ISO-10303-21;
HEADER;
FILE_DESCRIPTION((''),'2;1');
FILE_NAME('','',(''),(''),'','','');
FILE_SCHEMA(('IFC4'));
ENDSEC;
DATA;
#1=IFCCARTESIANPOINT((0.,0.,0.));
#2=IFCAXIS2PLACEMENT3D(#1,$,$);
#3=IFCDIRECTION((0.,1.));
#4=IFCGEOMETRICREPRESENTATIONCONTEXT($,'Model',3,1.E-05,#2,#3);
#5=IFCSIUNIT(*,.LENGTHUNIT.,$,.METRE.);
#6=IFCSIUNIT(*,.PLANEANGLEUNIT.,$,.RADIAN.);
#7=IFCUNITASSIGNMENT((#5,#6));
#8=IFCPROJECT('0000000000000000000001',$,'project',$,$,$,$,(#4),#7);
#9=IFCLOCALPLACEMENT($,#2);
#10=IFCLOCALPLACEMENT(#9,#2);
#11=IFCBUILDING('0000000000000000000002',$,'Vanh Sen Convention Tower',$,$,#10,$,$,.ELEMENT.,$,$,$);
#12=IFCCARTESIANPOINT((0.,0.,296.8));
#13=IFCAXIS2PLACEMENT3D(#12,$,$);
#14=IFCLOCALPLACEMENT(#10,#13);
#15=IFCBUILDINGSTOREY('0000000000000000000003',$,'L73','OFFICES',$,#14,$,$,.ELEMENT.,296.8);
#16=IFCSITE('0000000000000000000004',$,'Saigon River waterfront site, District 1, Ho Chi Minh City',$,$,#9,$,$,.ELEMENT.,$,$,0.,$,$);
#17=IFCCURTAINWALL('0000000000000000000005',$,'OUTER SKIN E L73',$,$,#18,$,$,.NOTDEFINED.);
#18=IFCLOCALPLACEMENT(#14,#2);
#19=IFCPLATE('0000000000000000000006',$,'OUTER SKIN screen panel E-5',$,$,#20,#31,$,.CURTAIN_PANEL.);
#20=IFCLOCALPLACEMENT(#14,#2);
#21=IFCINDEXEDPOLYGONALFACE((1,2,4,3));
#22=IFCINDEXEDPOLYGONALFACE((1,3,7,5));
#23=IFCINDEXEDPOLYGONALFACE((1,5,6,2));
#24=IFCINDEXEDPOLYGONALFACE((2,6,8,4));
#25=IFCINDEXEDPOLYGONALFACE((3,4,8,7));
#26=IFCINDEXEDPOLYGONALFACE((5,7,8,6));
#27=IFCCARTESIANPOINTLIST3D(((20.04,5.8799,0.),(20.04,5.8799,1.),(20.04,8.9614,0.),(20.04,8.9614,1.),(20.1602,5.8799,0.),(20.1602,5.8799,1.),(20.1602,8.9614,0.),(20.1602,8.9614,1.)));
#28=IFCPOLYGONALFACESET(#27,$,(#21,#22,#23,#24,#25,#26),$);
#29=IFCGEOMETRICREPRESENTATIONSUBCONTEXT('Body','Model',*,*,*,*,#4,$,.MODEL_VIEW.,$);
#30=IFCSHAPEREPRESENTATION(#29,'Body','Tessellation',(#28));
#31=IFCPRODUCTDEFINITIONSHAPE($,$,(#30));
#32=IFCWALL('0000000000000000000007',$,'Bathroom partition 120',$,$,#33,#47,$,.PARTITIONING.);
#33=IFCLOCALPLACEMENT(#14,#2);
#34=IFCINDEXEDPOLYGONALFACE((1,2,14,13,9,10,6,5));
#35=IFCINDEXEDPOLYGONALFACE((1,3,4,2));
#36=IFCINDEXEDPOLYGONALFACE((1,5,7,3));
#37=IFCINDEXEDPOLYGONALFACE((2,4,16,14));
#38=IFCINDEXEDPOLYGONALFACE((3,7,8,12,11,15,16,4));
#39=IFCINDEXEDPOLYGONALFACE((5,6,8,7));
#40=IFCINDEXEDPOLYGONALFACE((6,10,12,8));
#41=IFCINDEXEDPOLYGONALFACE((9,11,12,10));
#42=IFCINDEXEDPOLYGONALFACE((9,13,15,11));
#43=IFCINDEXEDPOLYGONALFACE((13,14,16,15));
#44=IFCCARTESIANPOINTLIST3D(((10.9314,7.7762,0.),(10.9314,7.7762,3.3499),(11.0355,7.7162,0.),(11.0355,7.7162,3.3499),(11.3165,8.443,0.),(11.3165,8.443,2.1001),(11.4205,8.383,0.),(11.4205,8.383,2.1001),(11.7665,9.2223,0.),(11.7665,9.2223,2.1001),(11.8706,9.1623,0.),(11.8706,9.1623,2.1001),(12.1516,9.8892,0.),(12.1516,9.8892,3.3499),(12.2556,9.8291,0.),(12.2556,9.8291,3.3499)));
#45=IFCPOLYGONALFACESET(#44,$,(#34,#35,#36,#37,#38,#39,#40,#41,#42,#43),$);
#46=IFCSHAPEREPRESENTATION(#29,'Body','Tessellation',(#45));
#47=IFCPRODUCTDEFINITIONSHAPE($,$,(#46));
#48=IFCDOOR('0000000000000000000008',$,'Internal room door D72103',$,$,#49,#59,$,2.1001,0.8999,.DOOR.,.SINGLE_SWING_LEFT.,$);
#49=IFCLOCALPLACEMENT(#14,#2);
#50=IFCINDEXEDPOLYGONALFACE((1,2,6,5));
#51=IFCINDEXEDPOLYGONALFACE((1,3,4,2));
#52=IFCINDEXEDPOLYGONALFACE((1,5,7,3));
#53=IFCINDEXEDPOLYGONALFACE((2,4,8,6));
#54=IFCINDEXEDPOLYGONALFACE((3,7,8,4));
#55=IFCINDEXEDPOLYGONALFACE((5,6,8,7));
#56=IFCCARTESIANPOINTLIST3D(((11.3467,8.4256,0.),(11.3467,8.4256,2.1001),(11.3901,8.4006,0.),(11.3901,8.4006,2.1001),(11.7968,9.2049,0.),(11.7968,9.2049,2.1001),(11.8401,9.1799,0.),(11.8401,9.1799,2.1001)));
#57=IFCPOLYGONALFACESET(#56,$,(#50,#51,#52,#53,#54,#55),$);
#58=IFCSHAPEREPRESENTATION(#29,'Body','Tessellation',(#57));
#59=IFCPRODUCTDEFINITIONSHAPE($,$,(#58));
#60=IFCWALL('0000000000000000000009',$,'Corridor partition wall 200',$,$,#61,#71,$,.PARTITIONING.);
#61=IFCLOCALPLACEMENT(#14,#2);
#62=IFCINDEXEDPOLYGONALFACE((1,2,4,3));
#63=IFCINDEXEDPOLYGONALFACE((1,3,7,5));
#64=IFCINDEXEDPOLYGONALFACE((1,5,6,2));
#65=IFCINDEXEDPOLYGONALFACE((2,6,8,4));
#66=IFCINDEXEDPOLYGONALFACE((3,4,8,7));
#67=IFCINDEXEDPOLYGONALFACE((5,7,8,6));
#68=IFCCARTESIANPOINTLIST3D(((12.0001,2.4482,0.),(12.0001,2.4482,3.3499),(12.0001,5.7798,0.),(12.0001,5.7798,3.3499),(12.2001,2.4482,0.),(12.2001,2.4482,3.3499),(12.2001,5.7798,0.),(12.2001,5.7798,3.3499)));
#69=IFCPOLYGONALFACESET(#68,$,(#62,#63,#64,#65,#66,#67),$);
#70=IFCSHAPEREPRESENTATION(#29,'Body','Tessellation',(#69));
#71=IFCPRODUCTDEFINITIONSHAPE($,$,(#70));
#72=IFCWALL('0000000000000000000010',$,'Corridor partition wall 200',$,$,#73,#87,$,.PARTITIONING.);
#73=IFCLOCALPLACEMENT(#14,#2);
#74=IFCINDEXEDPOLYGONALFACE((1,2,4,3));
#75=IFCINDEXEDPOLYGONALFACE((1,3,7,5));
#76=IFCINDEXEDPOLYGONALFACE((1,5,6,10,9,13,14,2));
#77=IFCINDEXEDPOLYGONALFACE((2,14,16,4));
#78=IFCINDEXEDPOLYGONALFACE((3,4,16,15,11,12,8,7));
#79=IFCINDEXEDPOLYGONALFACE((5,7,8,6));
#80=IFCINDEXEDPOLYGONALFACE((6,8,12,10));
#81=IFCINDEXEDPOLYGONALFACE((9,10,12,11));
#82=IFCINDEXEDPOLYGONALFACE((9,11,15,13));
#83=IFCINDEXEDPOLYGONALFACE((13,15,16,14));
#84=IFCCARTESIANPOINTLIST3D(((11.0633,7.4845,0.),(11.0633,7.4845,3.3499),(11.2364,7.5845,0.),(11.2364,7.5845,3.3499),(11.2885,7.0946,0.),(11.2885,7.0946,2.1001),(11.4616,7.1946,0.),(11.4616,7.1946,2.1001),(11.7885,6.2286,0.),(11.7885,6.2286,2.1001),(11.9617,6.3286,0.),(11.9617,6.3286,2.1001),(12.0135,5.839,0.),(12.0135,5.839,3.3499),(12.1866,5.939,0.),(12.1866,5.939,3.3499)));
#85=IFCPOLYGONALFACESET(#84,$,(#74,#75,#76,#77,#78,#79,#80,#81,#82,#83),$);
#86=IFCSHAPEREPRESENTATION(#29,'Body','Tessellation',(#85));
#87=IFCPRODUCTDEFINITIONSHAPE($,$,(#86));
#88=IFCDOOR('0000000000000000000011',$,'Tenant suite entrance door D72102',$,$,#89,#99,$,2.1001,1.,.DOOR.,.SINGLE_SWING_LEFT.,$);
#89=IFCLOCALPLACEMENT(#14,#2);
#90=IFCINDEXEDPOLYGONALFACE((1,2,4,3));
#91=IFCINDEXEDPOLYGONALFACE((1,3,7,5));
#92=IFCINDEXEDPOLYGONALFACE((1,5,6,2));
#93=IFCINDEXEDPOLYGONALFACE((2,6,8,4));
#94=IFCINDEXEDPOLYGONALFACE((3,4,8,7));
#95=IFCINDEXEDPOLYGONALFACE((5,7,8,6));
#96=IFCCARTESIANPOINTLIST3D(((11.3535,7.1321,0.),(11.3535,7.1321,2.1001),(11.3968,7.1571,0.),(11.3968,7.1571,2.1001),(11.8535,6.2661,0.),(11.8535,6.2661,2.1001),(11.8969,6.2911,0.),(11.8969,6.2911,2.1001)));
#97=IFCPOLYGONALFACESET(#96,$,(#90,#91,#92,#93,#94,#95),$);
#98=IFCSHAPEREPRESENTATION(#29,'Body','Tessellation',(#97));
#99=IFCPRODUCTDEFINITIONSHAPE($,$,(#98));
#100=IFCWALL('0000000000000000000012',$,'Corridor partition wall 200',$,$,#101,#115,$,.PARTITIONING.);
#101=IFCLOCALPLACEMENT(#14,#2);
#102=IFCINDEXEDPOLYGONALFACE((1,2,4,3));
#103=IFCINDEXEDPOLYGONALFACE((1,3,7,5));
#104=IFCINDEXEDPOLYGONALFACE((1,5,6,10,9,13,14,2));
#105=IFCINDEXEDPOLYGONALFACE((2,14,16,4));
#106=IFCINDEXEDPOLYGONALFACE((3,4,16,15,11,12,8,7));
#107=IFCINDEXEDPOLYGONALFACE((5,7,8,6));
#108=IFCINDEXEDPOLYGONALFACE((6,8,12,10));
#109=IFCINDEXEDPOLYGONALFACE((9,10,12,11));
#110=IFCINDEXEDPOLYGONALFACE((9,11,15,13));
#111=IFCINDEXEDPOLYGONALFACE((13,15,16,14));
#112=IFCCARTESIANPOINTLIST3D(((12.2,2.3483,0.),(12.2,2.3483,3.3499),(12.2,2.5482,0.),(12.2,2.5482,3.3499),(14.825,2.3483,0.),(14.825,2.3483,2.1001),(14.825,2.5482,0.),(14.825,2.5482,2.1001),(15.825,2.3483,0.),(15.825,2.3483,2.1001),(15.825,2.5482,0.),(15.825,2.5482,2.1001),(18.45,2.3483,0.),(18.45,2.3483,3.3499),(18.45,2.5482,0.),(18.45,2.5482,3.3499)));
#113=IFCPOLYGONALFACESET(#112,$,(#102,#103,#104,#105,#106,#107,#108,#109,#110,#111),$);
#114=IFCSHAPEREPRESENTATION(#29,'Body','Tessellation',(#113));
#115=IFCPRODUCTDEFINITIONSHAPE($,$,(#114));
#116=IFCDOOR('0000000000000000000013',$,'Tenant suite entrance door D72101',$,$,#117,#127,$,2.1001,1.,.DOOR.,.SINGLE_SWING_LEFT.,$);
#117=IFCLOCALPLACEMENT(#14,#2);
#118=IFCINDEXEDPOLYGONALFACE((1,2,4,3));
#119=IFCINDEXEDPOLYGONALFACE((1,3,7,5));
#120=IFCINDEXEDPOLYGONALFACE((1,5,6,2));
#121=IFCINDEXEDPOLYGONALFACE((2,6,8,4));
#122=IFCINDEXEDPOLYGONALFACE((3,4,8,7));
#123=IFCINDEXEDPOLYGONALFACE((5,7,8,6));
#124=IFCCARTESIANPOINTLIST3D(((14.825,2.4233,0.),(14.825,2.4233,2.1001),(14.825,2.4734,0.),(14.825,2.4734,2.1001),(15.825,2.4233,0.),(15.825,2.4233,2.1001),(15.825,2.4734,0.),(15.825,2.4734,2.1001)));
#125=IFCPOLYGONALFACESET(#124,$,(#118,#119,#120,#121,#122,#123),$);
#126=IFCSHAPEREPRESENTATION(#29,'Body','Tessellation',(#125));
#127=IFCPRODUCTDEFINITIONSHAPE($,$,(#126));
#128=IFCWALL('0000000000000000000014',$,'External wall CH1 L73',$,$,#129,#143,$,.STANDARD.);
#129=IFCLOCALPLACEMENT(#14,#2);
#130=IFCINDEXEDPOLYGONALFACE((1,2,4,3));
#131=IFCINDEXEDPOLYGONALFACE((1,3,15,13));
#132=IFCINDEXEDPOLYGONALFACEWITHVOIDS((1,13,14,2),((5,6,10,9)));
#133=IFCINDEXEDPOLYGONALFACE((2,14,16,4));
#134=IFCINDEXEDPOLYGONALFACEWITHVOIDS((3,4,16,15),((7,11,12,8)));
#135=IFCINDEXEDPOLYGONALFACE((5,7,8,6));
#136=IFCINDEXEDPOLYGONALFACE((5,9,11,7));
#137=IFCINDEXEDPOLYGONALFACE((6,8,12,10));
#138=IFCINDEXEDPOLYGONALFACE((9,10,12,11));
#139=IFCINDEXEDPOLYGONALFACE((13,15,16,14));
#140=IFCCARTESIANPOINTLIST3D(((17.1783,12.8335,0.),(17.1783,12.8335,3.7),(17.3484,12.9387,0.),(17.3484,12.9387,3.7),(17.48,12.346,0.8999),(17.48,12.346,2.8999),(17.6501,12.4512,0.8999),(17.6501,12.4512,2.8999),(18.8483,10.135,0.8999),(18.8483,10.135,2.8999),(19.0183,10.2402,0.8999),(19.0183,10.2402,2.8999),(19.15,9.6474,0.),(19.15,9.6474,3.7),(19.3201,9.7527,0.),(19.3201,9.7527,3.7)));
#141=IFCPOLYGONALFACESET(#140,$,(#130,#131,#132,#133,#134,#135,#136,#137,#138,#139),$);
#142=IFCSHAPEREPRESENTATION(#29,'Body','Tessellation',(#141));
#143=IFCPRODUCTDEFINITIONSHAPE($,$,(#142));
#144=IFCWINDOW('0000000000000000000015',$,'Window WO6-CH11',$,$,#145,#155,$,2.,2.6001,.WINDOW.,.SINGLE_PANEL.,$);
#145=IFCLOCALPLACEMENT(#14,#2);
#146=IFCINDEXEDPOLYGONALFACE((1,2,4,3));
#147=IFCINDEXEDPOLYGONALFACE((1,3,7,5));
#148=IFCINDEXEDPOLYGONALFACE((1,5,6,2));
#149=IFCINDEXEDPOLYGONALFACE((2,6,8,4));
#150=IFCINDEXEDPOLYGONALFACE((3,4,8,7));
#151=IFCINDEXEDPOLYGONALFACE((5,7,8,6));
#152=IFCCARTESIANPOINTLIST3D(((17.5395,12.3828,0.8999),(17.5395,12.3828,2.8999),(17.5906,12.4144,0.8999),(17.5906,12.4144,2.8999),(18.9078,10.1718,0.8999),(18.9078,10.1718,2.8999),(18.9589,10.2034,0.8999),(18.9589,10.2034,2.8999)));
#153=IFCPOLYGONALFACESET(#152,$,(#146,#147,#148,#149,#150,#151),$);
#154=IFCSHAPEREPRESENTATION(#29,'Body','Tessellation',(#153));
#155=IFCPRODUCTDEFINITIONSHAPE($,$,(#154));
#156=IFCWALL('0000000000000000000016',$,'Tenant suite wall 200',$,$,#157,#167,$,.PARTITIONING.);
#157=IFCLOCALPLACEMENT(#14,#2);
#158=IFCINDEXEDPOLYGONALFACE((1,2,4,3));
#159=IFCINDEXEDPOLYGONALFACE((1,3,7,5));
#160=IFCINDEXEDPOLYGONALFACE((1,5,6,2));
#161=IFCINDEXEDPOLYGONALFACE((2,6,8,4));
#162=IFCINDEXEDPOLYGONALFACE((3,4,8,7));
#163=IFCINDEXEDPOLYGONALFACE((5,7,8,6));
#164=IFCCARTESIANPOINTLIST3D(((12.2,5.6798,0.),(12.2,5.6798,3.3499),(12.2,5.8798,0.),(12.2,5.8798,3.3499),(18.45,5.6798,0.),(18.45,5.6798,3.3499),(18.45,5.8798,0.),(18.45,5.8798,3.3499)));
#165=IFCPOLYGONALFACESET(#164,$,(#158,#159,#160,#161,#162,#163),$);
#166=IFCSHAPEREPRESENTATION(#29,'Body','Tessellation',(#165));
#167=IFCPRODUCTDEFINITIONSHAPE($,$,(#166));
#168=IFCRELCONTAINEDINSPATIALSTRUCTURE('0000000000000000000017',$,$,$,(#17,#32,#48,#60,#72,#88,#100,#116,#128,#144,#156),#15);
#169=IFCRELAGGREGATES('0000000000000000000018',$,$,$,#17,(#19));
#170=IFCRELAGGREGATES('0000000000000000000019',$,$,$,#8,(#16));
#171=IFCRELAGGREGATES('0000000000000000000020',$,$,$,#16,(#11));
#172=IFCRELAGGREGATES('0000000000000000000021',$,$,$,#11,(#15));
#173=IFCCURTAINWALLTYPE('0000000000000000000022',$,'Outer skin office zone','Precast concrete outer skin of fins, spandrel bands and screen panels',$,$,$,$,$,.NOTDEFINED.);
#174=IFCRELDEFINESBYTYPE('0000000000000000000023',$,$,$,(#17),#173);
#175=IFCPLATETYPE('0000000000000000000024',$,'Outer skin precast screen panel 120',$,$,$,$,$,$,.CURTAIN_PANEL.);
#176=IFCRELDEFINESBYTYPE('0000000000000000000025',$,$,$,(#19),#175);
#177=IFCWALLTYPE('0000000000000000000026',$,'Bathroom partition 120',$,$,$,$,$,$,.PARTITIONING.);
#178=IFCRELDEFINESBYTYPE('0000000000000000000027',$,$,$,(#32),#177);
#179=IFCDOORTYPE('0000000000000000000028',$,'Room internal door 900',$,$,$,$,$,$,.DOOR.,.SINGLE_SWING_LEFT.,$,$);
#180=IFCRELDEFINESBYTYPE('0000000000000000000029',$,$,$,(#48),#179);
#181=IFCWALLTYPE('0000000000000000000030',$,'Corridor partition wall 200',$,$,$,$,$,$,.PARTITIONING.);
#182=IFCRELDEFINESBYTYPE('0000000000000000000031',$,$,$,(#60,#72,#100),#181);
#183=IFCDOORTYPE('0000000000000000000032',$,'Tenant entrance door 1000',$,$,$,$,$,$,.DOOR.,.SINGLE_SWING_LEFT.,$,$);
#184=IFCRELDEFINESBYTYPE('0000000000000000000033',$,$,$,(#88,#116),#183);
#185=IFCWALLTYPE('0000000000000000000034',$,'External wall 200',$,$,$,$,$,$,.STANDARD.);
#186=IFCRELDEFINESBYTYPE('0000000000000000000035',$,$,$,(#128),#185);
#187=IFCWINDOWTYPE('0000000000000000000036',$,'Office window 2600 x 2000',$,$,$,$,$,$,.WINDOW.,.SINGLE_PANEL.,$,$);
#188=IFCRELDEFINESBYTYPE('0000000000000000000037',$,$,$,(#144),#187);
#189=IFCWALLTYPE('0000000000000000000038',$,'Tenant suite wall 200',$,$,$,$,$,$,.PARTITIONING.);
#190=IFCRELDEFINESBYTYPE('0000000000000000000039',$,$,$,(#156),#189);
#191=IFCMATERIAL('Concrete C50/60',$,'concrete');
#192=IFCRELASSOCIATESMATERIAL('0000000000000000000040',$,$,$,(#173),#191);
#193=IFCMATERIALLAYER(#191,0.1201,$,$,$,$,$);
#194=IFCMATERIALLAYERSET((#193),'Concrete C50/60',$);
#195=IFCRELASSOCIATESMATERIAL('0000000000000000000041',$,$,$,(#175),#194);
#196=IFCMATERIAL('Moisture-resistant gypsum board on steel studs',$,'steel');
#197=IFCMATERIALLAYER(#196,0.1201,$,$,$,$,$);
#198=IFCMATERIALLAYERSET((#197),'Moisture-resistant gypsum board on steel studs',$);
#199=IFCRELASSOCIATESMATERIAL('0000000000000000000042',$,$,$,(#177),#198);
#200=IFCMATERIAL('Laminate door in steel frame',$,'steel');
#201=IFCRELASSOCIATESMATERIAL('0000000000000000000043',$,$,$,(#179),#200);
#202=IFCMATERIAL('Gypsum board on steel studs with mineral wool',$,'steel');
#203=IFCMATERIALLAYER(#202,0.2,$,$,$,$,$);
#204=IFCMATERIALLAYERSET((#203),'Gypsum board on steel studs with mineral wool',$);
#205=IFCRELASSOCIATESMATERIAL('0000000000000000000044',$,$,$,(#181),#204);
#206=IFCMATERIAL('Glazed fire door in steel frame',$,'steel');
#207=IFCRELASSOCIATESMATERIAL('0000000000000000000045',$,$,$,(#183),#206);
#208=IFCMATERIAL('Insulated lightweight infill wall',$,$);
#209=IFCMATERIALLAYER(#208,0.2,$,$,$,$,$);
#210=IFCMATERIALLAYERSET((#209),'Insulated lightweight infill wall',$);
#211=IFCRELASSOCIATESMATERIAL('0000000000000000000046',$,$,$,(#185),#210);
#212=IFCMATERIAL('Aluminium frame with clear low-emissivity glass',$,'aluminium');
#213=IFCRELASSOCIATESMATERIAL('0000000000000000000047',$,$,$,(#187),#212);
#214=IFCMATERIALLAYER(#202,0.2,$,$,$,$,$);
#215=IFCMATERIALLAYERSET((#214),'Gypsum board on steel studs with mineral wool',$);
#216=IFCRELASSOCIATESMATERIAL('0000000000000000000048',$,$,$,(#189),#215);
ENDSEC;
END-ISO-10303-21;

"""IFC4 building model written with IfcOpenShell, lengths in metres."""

from ifc_helpers import new_model, si_unit, direction, frame, frame_2d, origin, origin_2d, place, context, subcontext, project, spatial, rectangle, extrude, material, layer, layer_set, type_object, element, fill, aggregate, save


model = new_model("IFC4")

# Units and contexts
model_context = context("Model", 3, precision=1e-05, world=origin(), true_north=direction((0.0, 1.0)))
body_context = subcontext(model_context, "Body", "Model", "MODEL_VIEW")
ifc_project = project(units=[si_unit("LENGTHUNIT", "METRE"), si_unit("PLANEANGLEUNIT", "RADIAN")], contexts=[model_context])

# Site, building, storey
site_placement = place(None, origin())
site = spatial("IfcSite", under=ifc_project, at=site_placement, Name="Saigon River waterfront site, District 1, Ho Chi Minh City", CompositionType="ELEMENT", RefElevation=0.0)
building_placement = place(site_placement, origin())
building = spatial("IfcBuilding", under=site, at=building_placement, Name="Vanh Sen Convention Tower", CompositionType="ELEMENT")
storey_placement = place(building_placement, frame((0.0, 0.0, 296.8)))
storey = spatial("IfcBuildingStorey", under=building, at=storey_placement, Name="L73", Description="OFFICES", CompositionType="ELEMENT", Elevation=296.8)

# Curtain wall
ifc_material_1 = material(Name="Concrete C50/60", Category="concrete")
curtain_wall_type = type_object("IfcCurtainWallType", Name="Outer skin office zone", Description="Precast concrete outer skin of fins, spandrel bands and screen panels", PredefinedType="NOTDEFINED", material=ifc_material_1)
curtain_wall_1_placement = place(storey_placement, origin())
curtain_wall_1 = element("IfcCurtainWall", 1, at=curtain_wall_1_placement, inside=storey, type_object=curtain_wall_type, Name="OUTER SKIN E L73", PredefinedType="NOTDEFINED")

# Plate
ifc_layer_1 = layer(ifc_material_1, 0.1201)
ifc_layer_set_1 = layer_set([ifc_layer_1], Name="Concrete C50/60")
plate_type = type_object("IfcPlateType", Name="Outer skin precast screen panel 120", PredefinedType="CURTAIN_PANEL", material=ifc_layer_set_1)
plate_1_placement = place(storey_placement, frame((20.1001, 7.4207, 0.0), z_axis=(0.0, 0.0, 1.0), x_axis=(0.0, 1.0, 0.0)))
plate_1 = element("IfcPlate", 2, at=plate_1_placement, type_object=plate_type, Name="OUTER SKIN screen panel E-5", PredefinedType="CURTAIN_PANEL", context=body_context, shape_type="SweptSolid", body=[
    extrude(rectangle(XDim=3.0815, YDim=0.1201, at=origin_2d()), origin(), (0.0, 0.0, 1.0), 1.0),
])
aggregate(curtain_wall_1, [plate_1])

# Wall, opening, door
ifc_material_2 = material(Name="Moisture-resistant gypsum board on steel studs", Category="steel")
ifc_layer_2 = layer(ifc_material_2, 0.1201)
ifc_layer_set_2 = layer_set([ifc_layer_2], Name="Moisture-resistant gypsum board on steel studs")
wall_type_1 = type_object("IfcWallType", Name="Bathroom partition 120", PredefinedType="PARTITIONING", material=ifc_layer_set_2)
wall_1_placement = place(storey_placement, frame((12.2036, 9.8591, 0.0), z_axis=(0.0, 0.0, 1.0), x_axis=(-0.500078, -0.865981, 0.0)))
wall_1 = element("IfcWall", 3, at=wall_1_placement, inside=storey, type_object=wall_type_1, Name="Bathroom partition 120", PredefinedType="PARTITIONING", context=body_context, shape_type="SweptSolid", body=[
    extrude(rectangle(XDim=2.4399, YDim=0.1201, at=frame_2d((1.22, 0.0))), origin(), (0.0, 0.0, 1.0), 3.3499),
])
opening_1_placement = place(wall_1_placement, frame((0.77, 0.0, 0.0)))
opening_1 = element("IfcOpeningElement", 4, at=opening_1_placement, cuts=wall_1, PredefinedType="OPENING", context=body_context, shape_type="SweptSolid", body=[
    extrude(rectangle(XDim=0.8999, YDim=2.1001, at=frame_2d((0.45, 1.05))), frame((0.0, 0.0701, 0.0), z_axis=(0.0, -1.0, 0.0), x_axis=(1.0, 0.0, 0.0)), (0.0, 0.0, 1.0), 0.1401),
])
ifc_material_3 = material(Name="Laminate door in steel frame", Category="steel")
door_type_1 = type_object("IfcDoorType", Name="Room internal door 900", OperationType="SINGLE_SWING_LEFT", PredefinedType="DOOR", material=ifc_material_3)
door_1_placement = place(opening_1_placement, origin())
door_1 = element("IfcDoor", 5, at=door_1_placement, inside=storey, type_object=door_type_1, Name="Internal room door D72103", OperationType="SINGLE_SWING_LEFT", OverallHeight=2.1001, OverallWidth=0.8999, PredefinedType="DOOR", context=body_context, shape_type="SweptSolid", body=[
    extrude(rectangle(XDim=0.8999, YDim=2.1001, at=frame_2d((0.45, 1.05))), frame((0.0, 0.0249, 0.0), z_axis=(0.0, -1.0, 0.0), x_axis=(1.0, 0.0, 0.0)), (0.0, 0.0, 1.0), 0.05),
])
fill(opening_1, door_1)

# Wall
ifc_material_4 = material(Name="Gypsum board on steel studs with mineral wool", Category="steel")
ifc_layer_3 = layer(ifc_material_4, 0.2)
ifc_layer_set_3 = layer_set([ifc_layer_3], Name="Gypsum board on steel studs with mineral wool")
wall_type_2 = type_object("IfcWallType", Name="Corridor partition wall 200", PredefinedType="PARTITIONING", material=ifc_layer_set_3)
wall_2_placement = place(storey_placement, frame((12.1001, 2.4482, 0.0), z_axis=(0.0, 0.0, 1.0), x_axis=(0.0, 1.0, 0.0)))
element("IfcWall", 6, at=wall_2_placement, inside=storey, type_object=wall_type_2, Name="Corridor partition wall 200", PredefinedType="PARTITIONING", context=body_context, shape_type="SweptSolid", body=[
    extrude(rectangle(XDim=3.3315, YDim=0.2, at=frame_2d((1.6658, 0.0))), origin(), (0.0, 0.0, 1.0), 3.3499),
])

# Walls, openings, doors
wall_3_placement = place(storey_placement, frame((12.1001, 5.8889, 0.0), z_axis=(0.0, 0.0, 1.0), x_axis=(-0.500064, 0.865989, 0.0)))
wall_3 = element("IfcWall", 7, at=wall_3_placement, inside=storey, type_object=wall_type_2, Name="Corridor partition wall 200", PredefinedType="PARTITIONING", context=body_context, shape_type="SweptSolid", body=[
    extrude(rectangle(XDim=1.9001, YDim=0.2, at=frame_2d((0.9502, 0.0))), origin(), (0.0, 0.0, 1.0), 3.3499),
])
opening_2_placement = place(wall_3_placement, frame((0.45, 0.0, 0.0)))
opening_2 = element("IfcOpeningElement", 8, at=opening_2_placement, cuts=wall_3, PredefinedType="OPENING", context=body_context, shape_type="SweptSolid", body=[
    extrude(rectangle(XDim=1.0, YDim=2.1001, at=frame_2d((0.5, 1.05))), frame((0.0, 0.1099, 0.0), z_axis=(0.0, -1.0, 0.0), x_axis=(1.0, 0.0, 0.0)), (0.0, 0.0, 1.0), 0.22),
])
ifc_material_5 = material(Name="Glazed fire door in steel frame", Category="steel")
door_type_2 = type_object("IfcDoorType", Name="Tenant entrance door 1000", OperationType="SINGLE_SWING_LEFT", PredefinedType="DOOR", material=ifc_material_5)
door_2_placement = place(opening_2_placement, origin())
door_2 = element("IfcDoor", 9, at=door_2_placement, inside=storey, type_object=door_type_2, Name="Tenant suite entrance door D72102", OperationType="SINGLE_SWING_LEFT", OverallHeight=2.1001, OverallWidth=1.0, PredefinedType="DOOR", context=body_context, shape_type="SweptSolid", body=[
    extrude(rectangle(XDim=1.0, YDim=2.1001, at=frame_2d((0.5, 1.05))), frame((0.0, 0.0249, 0.0), z_axis=(0.0, -1.0, 0.0), x_axis=(1.0, 0.0, 0.0)), (0.0, 0.0, 1.0), 0.05),
])
fill(opening_2, door_2)
wall_4_placement = place(storey_placement, frame((18.45, 2.4482, 0.0), z_axis=(0.0, 0.0, 1.0), x_axis=(-1.0, 0.0, 0.0)))
wall_4 = element("IfcWall", 10, at=wall_4_placement, inside=storey, type_object=wall_type_2, Name="Corridor partition wall 200", PredefinedType="PARTITIONING", context=body_context, shape_type="SweptSolid", body=[
    extrude(rectangle(XDim=6.25, YDim=0.2, at=frame_2d((3.125, 0.0))), origin(), (0.0, 0.0, 1.0), 3.3499),
])
opening_3_placement = place(wall_4_placement, frame((2.625, 0.0, 0.0)))
opening_3 = element("IfcOpeningElement", 11, at=opening_3_placement, cuts=wall_4, PredefinedType="OPENING", context=body_context, shape_type="SweptSolid", body=[
    extrude(rectangle(XDim=1.0, YDim=2.1001, at=frame_2d((0.5, 1.05))), frame((0.0, 0.1099, 0.0), z_axis=(0.0, -1.0, 0.0), x_axis=(1.0, 0.0, 0.0)), (0.0, 0.0, 1.0), 0.22),
])
door_3_placement = place(opening_3_placement, origin())
door_3 = element("IfcDoor", 12, at=door_3_placement, inside=storey, type_object=door_type_2, Name="Tenant suite entrance door D72101", OperationType="SINGLE_SWING_LEFT", OverallHeight=2.1001, OverallWidth=1.0, PredefinedType="DOOR", context=body_context, shape_type="SweptSolid", body=[
    extrude(rectangle(XDim=1.0, YDim=2.1001, at=frame_2d((0.5, 1.05))), frame((0.0, 0.0249, 0.0), z_axis=(0.0, -1.0, 0.0), x_axis=(1.0, 0.0, 0.0)), (0.0, 0.0, 1.0), 0.05),
])
fill(opening_3, door_3)

# Wall, opening, window
ifc_material_6 = material(Name="Insulated lightweight infill wall")
ifc_layer_4 = layer(ifc_material_6, 0.2)
ifc_layer_set_4 = layer_set([ifc_layer_4], Name="Insulated lightweight infill wall")
wall_type_3 = type_object("IfcWallType", Name="External wall 200", PredefinedType="STANDARD", material=ifc_layer_set_4)
wall_5_placement = place(storey_placement, frame((19.2351, 9.7, 0.0), z_axis=(0.0, 0.0, 1.0), x_axis=(-0.526233, 0.85034, 0.0)))
wall_5 = element("IfcWall", 13, at=wall_5_placement, inside=storey, type_object=wall_type_3, Name="External wall CH1 L73", PredefinedType="STANDARD", context=body_context, shape_type="SweptSolid", body=[
    extrude(rectangle(XDim=3.7468, YDim=0.2, at=frame_2d((1.8735, 0.0))), origin(), (0.0, 0.0, 1.0), 3.7),
])
opening_4_placement = place(wall_5_placement, frame((0.5735, 0.0, 0.8999)))
opening_4 = element("IfcOpeningElement", 14, at=opening_4_placement, cuts=wall_5, PredefinedType="OPENING", context=body_context, shape_type="SweptSolid", body=[
    extrude(rectangle(XDim=2.6001, YDim=2.0, at=frame_2d((1.3, 1.0))), frame((0.0, 0.1099, 0.0), z_axis=(0.0, -1.0, 0.0), x_axis=(1.0, 0.0, 0.0)), (0.0, 0.0, 1.0), 0.22),
])
ifc_material_7 = material(Name="Aluminium frame with clear low-emissivity glass", Category="aluminium")
window_type = type_object("IfcWindowType", Name="Office window 2600 x 2000", PartitioningType="SINGLE_PANEL", PredefinedType="WINDOW", material=ifc_material_7)
window_placement = place(opening_4_placement, origin())
window = element("IfcWindow", 15, at=window_placement, inside=storey, type_object=window_type, Name="Window WO6-CH11", OverallHeight=2.0, OverallWidth=2.6001, PartitioningType="SINGLE_PANEL", PredefinedType="WINDOW", context=body_context, shape_type="SweptSolid", body=[
    extrude(rectangle(XDim=2.6001, YDim=2.0, at=frame_2d((1.3, 1.0))), frame((0.0, 0.03, 0.0), z_axis=(0.0, -1.0, 0.0), x_axis=(1.0, 0.0, 0.0)), (0.0, 0.0, 1.0), 0.0601),
])
fill(opening_4, window)

# Wall
ifc_layer_5 = layer(ifc_material_4, 0.2)
ifc_layer_set_5 = layer_set([ifc_layer_5], Name="Gypsum board on steel studs with mineral wool")
wall_type_4 = type_object("IfcWallType", Name="Tenant suite wall 200", PredefinedType="PARTITIONING", material=ifc_layer_set_5)
wall_6_placement = place(storey_placement, frame((18.45, 5.7798, 0.0), z_axis=(0.0, 0.0, 1.0), x_axis=(-1.0, 0.0, 0.0)))
element("IfcWall", 16, at=wall_6_placement, inside=storey, type_object=wall_type_4, Name="Tenant suite wall 200", PredefinedType="PARTITIONING", context=body_context, shape_type="SweptSolid", body=[
    extrude(rectangle(XDim=6.25, YDim=0.2, at=frame_2d((3.125, 0.0))), origin(), (0.0, 0.0, 1.0), 3.3499),
])

save(model, "model.ifc")
